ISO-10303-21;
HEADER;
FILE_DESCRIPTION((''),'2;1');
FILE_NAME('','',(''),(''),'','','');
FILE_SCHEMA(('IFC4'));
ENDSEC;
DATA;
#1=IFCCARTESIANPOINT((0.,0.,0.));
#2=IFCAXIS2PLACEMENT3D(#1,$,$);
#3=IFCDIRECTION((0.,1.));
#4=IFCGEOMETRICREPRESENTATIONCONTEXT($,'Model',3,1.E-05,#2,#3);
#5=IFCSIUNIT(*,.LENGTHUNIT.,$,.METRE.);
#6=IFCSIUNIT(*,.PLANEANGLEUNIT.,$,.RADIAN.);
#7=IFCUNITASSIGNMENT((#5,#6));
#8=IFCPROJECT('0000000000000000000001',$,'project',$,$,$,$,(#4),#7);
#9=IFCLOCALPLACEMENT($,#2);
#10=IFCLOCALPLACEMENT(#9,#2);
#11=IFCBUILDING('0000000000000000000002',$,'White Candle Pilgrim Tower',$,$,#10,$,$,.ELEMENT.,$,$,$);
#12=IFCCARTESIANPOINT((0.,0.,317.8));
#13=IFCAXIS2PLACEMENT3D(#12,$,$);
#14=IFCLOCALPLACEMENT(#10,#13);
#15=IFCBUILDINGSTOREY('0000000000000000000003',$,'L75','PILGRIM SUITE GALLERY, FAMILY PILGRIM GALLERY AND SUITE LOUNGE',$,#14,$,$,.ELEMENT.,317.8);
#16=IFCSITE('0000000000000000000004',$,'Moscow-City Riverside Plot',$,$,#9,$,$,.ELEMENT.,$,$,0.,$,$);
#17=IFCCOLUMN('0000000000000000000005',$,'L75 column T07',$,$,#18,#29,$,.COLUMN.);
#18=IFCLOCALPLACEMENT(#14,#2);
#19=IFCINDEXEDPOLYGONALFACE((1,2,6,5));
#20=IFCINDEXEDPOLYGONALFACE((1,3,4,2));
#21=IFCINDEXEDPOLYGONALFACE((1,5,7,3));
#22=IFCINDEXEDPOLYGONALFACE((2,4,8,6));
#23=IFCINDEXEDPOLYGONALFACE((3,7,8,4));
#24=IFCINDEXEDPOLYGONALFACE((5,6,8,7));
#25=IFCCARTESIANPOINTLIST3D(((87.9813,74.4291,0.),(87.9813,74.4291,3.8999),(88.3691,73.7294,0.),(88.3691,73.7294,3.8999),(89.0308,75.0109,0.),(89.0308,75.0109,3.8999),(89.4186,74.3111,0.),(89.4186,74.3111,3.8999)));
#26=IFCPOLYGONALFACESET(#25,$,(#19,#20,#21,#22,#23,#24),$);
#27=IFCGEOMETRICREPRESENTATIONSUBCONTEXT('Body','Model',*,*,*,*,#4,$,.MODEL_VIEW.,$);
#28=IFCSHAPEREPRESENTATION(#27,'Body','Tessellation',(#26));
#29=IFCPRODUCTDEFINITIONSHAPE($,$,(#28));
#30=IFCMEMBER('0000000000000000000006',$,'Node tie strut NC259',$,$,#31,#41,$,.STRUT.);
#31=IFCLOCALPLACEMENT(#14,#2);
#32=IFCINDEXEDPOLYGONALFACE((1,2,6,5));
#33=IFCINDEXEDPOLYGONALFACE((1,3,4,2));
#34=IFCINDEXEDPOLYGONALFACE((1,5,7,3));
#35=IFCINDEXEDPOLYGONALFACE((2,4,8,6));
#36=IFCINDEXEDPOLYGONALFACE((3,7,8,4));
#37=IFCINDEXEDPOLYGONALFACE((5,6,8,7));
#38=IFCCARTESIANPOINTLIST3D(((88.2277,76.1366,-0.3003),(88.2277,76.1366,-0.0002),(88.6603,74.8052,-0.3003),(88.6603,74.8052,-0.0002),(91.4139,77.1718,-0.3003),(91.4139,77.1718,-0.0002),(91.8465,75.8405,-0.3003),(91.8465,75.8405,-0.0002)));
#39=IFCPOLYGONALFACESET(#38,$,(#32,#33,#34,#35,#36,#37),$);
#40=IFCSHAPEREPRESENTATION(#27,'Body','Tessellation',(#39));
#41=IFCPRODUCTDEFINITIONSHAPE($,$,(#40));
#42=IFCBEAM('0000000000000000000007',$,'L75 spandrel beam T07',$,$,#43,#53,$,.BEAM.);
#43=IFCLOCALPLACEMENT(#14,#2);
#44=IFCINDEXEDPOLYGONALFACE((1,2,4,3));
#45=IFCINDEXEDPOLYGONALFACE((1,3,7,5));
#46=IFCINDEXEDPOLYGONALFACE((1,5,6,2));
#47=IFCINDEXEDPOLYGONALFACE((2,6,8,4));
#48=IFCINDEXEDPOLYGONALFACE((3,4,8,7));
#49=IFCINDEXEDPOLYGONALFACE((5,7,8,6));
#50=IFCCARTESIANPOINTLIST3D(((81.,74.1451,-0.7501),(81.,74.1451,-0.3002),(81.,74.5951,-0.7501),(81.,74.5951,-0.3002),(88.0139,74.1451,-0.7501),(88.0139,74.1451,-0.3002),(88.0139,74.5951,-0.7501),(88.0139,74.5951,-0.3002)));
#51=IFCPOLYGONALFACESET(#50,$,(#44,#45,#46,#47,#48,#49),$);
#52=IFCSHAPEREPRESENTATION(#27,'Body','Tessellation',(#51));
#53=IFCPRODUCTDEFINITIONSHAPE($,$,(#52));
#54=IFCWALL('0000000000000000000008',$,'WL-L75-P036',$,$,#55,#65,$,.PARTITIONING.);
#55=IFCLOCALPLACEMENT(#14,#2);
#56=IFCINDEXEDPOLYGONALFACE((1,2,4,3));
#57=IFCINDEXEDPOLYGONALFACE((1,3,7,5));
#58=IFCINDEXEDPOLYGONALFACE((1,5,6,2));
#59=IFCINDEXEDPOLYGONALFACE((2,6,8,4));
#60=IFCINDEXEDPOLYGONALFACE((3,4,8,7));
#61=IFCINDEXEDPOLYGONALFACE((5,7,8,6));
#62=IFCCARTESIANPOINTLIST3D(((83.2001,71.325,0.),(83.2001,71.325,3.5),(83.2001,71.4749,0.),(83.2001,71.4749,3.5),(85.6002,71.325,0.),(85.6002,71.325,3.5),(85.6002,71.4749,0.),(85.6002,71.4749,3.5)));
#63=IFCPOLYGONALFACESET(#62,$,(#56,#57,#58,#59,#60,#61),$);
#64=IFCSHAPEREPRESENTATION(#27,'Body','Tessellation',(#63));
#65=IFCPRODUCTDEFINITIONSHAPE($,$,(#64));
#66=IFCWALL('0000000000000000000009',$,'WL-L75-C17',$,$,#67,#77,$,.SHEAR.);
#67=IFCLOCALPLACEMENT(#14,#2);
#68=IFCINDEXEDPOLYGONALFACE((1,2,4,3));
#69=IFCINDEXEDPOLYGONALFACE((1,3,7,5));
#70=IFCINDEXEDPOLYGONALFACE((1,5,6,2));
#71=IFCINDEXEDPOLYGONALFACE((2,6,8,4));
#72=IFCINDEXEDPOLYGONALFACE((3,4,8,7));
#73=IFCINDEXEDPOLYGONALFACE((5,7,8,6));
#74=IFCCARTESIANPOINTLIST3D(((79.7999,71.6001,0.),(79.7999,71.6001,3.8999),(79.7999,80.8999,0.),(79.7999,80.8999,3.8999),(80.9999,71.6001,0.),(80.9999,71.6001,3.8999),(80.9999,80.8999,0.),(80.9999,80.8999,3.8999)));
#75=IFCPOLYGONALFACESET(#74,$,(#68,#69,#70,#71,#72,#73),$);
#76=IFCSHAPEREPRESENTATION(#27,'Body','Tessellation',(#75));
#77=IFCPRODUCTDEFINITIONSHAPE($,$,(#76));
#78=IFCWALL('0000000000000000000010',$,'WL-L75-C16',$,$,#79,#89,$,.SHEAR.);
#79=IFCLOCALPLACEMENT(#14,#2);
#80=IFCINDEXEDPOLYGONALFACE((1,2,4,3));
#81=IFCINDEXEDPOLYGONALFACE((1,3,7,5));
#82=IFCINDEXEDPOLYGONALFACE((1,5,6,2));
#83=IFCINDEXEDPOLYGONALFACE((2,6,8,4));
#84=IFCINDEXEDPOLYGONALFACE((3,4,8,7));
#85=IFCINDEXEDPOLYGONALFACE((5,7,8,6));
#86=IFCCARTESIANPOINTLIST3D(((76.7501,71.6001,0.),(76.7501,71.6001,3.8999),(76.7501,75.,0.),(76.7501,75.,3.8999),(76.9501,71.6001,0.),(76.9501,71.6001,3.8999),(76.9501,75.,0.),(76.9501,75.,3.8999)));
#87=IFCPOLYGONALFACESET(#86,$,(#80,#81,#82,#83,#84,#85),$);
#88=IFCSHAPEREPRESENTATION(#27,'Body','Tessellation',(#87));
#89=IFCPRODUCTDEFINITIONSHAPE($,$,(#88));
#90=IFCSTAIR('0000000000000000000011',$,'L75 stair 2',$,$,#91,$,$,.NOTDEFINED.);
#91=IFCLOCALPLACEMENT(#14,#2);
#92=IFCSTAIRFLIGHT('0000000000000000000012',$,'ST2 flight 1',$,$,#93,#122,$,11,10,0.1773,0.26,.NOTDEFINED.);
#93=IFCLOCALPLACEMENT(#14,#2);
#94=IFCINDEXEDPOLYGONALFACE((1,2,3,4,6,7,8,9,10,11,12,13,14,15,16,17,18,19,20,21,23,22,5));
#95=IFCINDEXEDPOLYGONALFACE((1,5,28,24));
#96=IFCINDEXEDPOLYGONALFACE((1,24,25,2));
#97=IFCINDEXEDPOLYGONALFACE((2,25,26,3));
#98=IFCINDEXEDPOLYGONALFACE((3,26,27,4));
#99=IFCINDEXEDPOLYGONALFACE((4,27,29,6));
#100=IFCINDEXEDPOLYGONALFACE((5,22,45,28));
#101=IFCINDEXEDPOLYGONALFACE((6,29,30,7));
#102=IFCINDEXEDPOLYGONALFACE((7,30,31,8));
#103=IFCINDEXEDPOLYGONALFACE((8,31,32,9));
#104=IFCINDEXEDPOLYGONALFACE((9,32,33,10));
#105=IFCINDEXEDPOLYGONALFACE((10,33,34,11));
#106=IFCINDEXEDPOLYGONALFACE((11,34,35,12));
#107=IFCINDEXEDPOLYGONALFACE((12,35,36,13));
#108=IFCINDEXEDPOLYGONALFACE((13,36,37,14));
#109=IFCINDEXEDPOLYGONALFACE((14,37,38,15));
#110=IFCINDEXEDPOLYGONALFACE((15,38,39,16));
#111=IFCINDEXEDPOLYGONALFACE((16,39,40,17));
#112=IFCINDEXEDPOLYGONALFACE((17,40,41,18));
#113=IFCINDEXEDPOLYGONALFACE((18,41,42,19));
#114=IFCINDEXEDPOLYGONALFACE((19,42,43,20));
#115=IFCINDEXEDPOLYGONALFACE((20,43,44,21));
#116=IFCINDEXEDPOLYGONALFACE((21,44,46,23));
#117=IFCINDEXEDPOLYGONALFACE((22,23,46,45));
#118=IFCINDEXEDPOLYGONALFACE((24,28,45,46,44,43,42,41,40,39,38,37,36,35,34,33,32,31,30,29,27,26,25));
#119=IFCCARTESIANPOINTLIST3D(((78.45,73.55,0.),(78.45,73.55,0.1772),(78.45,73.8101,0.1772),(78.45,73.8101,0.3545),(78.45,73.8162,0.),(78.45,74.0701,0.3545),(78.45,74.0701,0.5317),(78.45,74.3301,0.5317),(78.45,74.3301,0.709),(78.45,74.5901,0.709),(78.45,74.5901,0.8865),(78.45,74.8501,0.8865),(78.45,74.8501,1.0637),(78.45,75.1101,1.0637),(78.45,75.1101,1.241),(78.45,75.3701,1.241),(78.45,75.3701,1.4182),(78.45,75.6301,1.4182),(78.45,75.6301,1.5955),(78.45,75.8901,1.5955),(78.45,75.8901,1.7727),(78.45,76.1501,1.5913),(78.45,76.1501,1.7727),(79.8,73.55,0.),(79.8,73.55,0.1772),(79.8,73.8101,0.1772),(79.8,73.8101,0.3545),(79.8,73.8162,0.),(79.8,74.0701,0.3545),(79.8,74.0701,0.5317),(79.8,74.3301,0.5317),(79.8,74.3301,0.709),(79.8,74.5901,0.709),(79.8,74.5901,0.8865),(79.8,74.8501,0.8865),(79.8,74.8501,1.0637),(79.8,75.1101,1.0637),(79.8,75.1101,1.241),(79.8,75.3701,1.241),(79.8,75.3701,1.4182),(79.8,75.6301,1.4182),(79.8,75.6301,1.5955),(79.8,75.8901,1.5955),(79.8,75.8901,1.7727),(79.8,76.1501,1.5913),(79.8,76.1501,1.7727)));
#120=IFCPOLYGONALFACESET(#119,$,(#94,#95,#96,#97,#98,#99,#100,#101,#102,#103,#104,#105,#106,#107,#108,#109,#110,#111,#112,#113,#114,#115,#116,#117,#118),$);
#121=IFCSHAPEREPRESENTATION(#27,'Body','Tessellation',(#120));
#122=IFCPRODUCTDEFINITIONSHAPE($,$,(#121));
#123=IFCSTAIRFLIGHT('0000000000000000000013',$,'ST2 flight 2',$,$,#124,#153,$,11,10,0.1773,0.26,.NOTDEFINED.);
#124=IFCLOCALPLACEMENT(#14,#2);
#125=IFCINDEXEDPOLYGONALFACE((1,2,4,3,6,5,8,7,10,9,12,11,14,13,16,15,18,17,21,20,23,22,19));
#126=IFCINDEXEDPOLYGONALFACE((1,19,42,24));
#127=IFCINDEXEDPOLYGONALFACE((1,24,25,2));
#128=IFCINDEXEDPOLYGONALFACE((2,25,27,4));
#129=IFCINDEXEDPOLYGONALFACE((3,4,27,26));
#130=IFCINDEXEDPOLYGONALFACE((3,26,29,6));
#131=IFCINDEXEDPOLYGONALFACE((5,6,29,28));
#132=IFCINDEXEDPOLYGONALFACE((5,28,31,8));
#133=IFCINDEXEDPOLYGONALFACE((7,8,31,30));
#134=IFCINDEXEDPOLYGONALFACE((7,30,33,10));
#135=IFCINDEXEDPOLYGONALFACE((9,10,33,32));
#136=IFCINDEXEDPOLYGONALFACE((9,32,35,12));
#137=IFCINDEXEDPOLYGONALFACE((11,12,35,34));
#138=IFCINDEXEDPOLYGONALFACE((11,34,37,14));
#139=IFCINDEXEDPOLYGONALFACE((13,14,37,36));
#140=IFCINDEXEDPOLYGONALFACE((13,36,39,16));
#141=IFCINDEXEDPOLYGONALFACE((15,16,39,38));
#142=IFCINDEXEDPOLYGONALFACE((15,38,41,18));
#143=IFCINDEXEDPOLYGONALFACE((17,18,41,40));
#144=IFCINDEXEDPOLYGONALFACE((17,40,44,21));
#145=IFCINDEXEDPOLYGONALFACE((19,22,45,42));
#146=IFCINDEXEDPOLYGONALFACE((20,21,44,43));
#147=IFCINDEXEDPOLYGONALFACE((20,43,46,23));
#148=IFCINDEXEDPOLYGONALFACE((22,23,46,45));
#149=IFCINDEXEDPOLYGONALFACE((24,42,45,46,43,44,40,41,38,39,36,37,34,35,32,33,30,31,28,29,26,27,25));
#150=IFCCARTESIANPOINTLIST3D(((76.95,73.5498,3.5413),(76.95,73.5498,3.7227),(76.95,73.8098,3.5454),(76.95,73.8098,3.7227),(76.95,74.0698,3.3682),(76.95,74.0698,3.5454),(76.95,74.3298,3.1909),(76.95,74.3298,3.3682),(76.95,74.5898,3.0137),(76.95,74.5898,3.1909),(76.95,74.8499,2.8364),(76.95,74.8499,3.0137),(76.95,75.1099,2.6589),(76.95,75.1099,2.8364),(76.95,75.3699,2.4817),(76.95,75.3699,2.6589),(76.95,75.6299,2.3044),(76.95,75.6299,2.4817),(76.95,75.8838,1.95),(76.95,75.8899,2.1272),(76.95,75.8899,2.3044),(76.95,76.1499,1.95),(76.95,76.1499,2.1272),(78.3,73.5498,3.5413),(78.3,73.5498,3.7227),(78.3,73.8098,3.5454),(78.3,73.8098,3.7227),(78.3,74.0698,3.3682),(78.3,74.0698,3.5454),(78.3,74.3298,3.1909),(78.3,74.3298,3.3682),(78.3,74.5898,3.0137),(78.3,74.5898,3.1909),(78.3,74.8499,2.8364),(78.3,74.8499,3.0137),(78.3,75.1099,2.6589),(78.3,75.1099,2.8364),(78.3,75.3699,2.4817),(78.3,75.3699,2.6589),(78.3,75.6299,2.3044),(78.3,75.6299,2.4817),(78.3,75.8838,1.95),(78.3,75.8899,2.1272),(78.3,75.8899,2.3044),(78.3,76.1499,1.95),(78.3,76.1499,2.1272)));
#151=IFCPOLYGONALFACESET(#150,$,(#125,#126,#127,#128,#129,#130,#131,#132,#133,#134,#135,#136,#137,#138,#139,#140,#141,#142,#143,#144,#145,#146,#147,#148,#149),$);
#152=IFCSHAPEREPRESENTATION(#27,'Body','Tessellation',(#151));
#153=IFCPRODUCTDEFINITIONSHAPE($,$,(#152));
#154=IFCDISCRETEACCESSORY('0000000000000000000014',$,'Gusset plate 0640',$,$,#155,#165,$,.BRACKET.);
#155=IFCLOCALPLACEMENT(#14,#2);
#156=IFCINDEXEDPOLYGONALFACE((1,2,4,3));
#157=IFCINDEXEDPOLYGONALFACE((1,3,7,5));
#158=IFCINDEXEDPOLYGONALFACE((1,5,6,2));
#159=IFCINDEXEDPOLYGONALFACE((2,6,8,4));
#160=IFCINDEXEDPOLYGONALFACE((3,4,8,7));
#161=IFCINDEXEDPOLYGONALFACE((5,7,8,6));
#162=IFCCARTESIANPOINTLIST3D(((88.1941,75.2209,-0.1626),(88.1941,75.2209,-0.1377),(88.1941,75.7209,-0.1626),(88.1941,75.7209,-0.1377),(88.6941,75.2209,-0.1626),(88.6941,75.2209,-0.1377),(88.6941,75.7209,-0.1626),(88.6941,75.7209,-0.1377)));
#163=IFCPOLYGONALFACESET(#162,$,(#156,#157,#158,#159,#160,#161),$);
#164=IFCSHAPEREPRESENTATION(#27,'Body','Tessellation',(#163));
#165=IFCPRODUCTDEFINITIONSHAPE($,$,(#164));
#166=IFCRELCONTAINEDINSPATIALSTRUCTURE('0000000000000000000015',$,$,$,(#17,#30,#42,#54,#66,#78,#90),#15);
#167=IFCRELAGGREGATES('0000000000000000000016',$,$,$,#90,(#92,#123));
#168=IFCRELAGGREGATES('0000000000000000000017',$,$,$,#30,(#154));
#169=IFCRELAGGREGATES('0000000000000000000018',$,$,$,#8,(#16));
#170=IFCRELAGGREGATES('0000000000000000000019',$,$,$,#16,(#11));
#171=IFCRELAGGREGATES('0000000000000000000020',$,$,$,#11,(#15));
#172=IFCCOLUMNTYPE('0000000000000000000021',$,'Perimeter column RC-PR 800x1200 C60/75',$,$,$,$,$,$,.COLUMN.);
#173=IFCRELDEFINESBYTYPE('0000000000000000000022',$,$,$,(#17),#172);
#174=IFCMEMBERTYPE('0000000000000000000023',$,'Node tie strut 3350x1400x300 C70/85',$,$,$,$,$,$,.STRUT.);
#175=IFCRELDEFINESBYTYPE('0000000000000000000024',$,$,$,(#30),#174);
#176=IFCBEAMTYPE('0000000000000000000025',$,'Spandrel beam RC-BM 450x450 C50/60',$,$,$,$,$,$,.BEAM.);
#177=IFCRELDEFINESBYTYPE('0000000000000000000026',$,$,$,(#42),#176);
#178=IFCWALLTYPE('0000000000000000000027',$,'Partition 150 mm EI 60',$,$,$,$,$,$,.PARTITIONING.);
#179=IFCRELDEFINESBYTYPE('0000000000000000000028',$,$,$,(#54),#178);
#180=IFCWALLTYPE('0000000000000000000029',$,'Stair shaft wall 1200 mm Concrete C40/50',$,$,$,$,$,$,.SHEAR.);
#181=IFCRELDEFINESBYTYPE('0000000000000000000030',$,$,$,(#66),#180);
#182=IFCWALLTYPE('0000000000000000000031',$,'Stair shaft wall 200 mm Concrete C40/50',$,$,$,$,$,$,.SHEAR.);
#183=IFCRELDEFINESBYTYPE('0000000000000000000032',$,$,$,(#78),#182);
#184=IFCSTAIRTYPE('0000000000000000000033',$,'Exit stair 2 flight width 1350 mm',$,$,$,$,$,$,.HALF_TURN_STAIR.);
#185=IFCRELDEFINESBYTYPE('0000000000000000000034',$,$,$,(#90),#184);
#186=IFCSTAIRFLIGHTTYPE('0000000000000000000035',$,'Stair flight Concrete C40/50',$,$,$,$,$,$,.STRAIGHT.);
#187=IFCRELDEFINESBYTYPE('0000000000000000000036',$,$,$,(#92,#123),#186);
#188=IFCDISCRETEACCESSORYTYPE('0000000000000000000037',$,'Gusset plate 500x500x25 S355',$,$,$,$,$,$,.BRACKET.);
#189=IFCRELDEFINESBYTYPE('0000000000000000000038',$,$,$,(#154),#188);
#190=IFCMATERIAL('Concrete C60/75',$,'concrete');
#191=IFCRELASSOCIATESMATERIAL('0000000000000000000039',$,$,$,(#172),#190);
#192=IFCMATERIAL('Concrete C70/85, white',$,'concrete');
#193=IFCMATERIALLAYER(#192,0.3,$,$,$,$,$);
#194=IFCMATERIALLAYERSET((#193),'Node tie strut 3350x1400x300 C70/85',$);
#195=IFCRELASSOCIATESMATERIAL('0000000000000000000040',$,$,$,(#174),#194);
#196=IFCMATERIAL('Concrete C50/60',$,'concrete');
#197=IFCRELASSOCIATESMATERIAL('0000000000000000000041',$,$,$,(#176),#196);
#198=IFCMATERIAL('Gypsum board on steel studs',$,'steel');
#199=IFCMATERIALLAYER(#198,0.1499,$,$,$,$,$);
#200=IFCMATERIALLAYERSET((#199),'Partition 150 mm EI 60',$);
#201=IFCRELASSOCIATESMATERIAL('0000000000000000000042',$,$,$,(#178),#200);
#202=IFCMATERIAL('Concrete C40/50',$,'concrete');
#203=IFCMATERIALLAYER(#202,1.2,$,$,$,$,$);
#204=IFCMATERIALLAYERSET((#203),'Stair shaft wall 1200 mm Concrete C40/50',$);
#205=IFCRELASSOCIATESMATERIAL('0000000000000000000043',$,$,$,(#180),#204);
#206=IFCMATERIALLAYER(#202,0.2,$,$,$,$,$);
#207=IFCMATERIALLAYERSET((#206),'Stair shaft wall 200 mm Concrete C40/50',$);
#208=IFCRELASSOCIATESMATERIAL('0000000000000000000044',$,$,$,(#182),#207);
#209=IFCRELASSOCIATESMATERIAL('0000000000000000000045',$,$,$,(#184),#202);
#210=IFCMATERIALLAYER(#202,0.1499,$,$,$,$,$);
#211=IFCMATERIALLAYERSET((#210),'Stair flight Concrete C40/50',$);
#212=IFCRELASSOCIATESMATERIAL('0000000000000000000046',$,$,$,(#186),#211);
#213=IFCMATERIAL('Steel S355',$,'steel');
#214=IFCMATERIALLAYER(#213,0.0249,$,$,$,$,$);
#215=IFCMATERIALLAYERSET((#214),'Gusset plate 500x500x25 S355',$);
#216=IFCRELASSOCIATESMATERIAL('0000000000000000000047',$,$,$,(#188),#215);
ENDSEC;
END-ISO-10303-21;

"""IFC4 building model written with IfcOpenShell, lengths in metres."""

from ifc_helpers import new_model, si_unit, direction, frame, frame_2d, origin, origin_2d, place, context, subcontext, project, spatial, polyline, rectangle, outline, extrude, material, layer, layer_set, material_profile, profile_set, type_object, element, aggregate, save


model = new_model("IFC4")

# Units and contexts
model_context = context("Model", 3, precision=1e-05, world=origin(), true_north=direction((0.0, 1.0)))
body_context = subcontext(model_context, "Body", "Model", "MODEL_VIEW")
ifc_project = project(units=[si_unit("LENGTHUNIT", "METRE"), si_unit("PLANEANGLEUNIT", "RADIAN")], contexts=[model_context])

# Site, building, storey
site_placement = place(None, origin())
site = spatial("IfcSite", under=ifc_project, at=site_placement, Name="Moscow-City Riverside Plot", CompositionType="ELEMENT", RefElevation=0.0)
building_placement = place(site_placement, origin())
building = spatial("IfcBuilding", under=site, at=building_placement, Name="White Candle Pilgrim Tower", CompositionType="ELEMENT")
storey_placement = place(building_placement, frame((0.0, 0.0, 317.8)))
storey = spatial("IfcBuildingStorey", under=building, at=storey_placement, Name="L75", Description="PILGRIM SUITE GALLERY, FAMILY PILGRIM GALLERY AND SUITE LOUNGE", CompositionType="ELEMENT", Elevation=317.8)

# Column
ifc_material_1 = material(Name="Concrete C60/75", Category="concrete")
ifc_material_profile_1 = material_profile(ifc_material_1, rectangle(XDim=0.8, YDim=1.2, at=origin_2d()), Name="RC-PR 800x1200")
ifc_profile_set_1 = profile_set([ifc_material_profile_1], Name="Concrete C60/75")
column_type = type_object("IfcColumnType", Name="Perimeter column RC-PR 800x1200 C60/75", PredefinedType="COLUMN", material=ifc_profile_set_1)
column_placement = place(storey_placement, frame((88.7, 74.3701, 0.0), z_axis=(0.0, 0.0, 1.0), x_axis=(0.48481, -0.87462, 0.0)))
element("IfcColumn", 1, at=column_placement, inside=storey, type_object=column_type, Name="L75 column T07", PredefinedType="COLUMN", context=body_context, shape_type="SweptSolid", body=[
    extrude(rectangle(XDim=0.8, YDim=1.2, at=origin_2d()), origin(), (0.0, 0.0, 1.0), 3.8999),
])

# Member
ifc_material_2 = material(Name="Concrete C70/85, white", Category="concrete")
ifc_layer_1 = layer(ifc_material_2, 0.3)
ifc_layer_set_1 = layer_set([ifc_layer_1], Name="Node tie strut 3350x1400x300 C70/85")
member_type = type_object("IfcMemberType", Name="Node tie strut 3350x1400x300 C70/85", PredefinedType="STRUT", material=ifc_layer_set_1)
member_placement = place(storey_placement, frame((90.0371, 75.9885, -0.3003), z_axis=(0.0, 0.0, 1.0), x_axis=(-0.309017, 0.951057, 0.0)))
member = element("IfcMember", 2, at=member_placement, inside=storey, type_object=member_type, Name="Node tie strut NC259", PredefinedType="STRUT", context=body_context, shape_type="SweptSolid", body=[
    extrude(rectangle(XDim=1.3999, YDim=3.3501, at=origin_2d()), origin(), (0.0, 0.0, 1.0), 0.3),
])

# Beam
ifc_material_3 = material(Name="Concrete C50/60", Category="concrete")
ifc_material_profile_2 = material_profile(ifc_material_3, rectangle(XDim=0.45, YDim=0.45, at=origin_2d()), Name="RC-BM 450x450")
ifc_profile_set_2 = profile_set([ifc_material_profile_2], Name="Concrete C50/60")
beam_type = type_object("IfcBeamType", Name="Spandrel beam RC-BM 450x450 C50/60", PredefinedType="BEAM", material=ifc_profile_set_2)
beam_placement = place(storey_placement, frame((88.0139, 74.3701, -0.5251), z_axis=(-1.0, 0.0, 0.0), x_axis=(0.0, -1.0, 0.0)))
element("IfcBeam", 3, at=beam_placement, inside=storey, type_object=beam_type, Name="L75 spandrel beam T07", PredefinedType="BEAM", context=body_context, shape_type="SweptSolid", body=[
    extrude(rectangle(XDim=0.45, YDim=0.45, at=origin_2d()), origin(), (0.0, 0.0, 1.0), 7.0139),
])

# Walls
ifc_material_4 = material(Name="Gypsum board on steel studs", Category="steel")
ifc_layer_2 = layer(ifc_material_4, 0.1499)
ifc_layer_set_2 = layer_set([ifc_layer_2], Name="Partition 150 mm EI 60")
wall_type_1 = type_object("IfcWallType", Name="Partition 150 mm EI 60", PredefinedType="PARTITIONING", material=ifc_layer_set_2)
wall_1_placement = place(storey_placement, frame((83.2, 71.3999, 0.0), z_axis=(0.0, 0.0, 1.0), x_axis=(1.0, 0.0, 0.0)))
element("IfcWall", 4, at=wall_1_placement, inside=storey, type_object=wall_type_1, Name="WL-L75-P036", PredefinedType="PARTITIONING", context=body_context, shape_type="SweptSolid", body=[
    extrude(rectangle(XDim=2.4001, YDim=0.1499, at=frame_2d((1.2002, 0.0))), origin(), (0.0, 0.0, 1.0), 3.5),
])
ifc_material_5 = material(Name="Concrete C40/50", Category="concrete")
ifc_layer_3 = layer(ifc_material_5, 1.2)
ifc_layer_set_3 = layer_set([ifc_layer_3], Name="Stair shaft wall 1200 mm Concrete C40/50")
wall_type_2 = type_object("IfcWallType", Name="Stair shaft wall 1200 mm Concrete C40/50", PredefinedType="SHEAR", material=ifc_layer_set_3)
wall_2_placement = place(storey_placement, frame((80.3999, 71.6001, 0.0), z_axis=(0.0, 0.0, 1.0), x_axis=(0.0, 1.0, 0.0)))
element("IfcWall", 5, at=wall_2_placement, inside=storey, type_object=wall_type_2, Name="WL-L75-C17", PredefinedType="SHEAR", context=body_context, shape_type="SweptSolid", body=[
    extrude(rectangle(XDim=9.2998, YDim=1.2, at=frame_2d((4.6499, 0.0))), origin(), (0.0, 0.0, 1.0), 3.8999),
])
ifc_layer_4 = layer(ifc_material_5, 0.2)
ifc_layer_set_4 = layer_set([ifc_layer_4], Name="Stair shaft wall 200 mm Concrete C40/50")
wall_type_3 = type_object("IfcWallType", Name="Stair shaft wall 200 mm Concrete C40/50", PredefinedType="SHEAR", material=ifc_layer_set_4)
wall_3_placement = place(storey_placement, frame((76.8501, 71.6001, 0.0), z_axis=(0.0, 0.0, 1.0), x_axis=(0.0, 1.0, 0.0)))
element("IfcWall", 6, at=wall_3_placement, inside=storey, type_object=wall_type_3, Name="WL-L75-C16", PredefinedType="SHEAR", context=body_context, shape_type="SweptSolid", body=[
    extrude(rectangle(XDim=3.3999, YDim=0.2, at=frame_2d((1.7, 0.0))), origin(), (0.0, 0.0, 1.0), 3.8999),
])

# Stair, stair flights
stair_type = type_object("IfcStairType", Name="Exit stair 2 flight width 1350 mm", PredefinedType="HALF_TURN_STAIR", material=ifc_material_5)
stair_placement = place(storey_placement, origin())
stair = element("IfcStair", 7, at=stair_placement, inside=storey, type_object=stair_type, Name="L75 stair 2", PredefinedType="NOTDEFINED")
ifc_layer_5 = layer(ifc_material_5, 0.1499)
ifc_layer_set_5 = layer_set([ifc_layer_5], Name="Stair flight Concrete C40/50")
stair_flight_type = type_object("IfcStairFlightType", Name="Stair flight Concrete C40/50", PredefinedType="STRAIGHT", material=ifc_layer_set_5)
stair_flight_1_placement = place(storey_placement, frame((79.125, 73.55, 0.0), z_axis=(0.0, 0.0, 1.0), x_axis=(0.0, 1.0, 0.0)))
stair_flight_1 = element("IfcStairFlight", 8, at=stair_flight_1_placement, type_object=stair_flight_type, Name="ST2 flight 1", NumberOfRisers=11, NumberOfTreads=10, PredefinedType="NOTDEFINED", RiserHeight=0.1773, TreadLength=0.26, context=body_context, shape_type="SweptSolid", body=[
    extrude(outline(polyline([(0.0, 0.0), (0.0, 0.1772), (0.26, 0.1772), (0.26, 0.3545), (0.52, 0.3545), (0.52, 0.5317), (0.78, 0.5317), (0.78, 0.709), (1.04, 0.709), (1.04, 0.8865), (1.3, 0.8865), (1.3, 1.0637), (1.5601, 1.0637), (1.5601, 1.241), (1.8201, 1.241), (1.8201, 1.4182), (2.0801, 1.4182), (2.0801, 1.5955), (2.3401, 1.5955), (2.3401, 1.7727), (2.6001, 1.7727), (2.6001, 1.95), (2.6001, 1.5913), (0.2661, 0.0), (0.0, 0.0)])), frame((0.0, 0.675, 0.0), z_axis=(0.0, -1.0, 0.0), x_axis=(1.0, 0.0, 0.0)), (0.0, 0.0, 1.0), 1.3501),
])
stair_flight_2_placement = place(storey_placement, frame((77.625, 76.1499, 1.95), z_axis=(0.0, 0.0, 1.0), x_axis=(0.0, -1.0, 0.0)))
stair_flight_2 = element("IfcStairFlight", 9, at=stair_flight_2_placement, type_object=stair_flight_type, Name="ST2 flight 2", NumberOfRisers=11, NumberOfTreads=10, PredefinedType="NOTDEFINED", RiserHeight=0.1773, TreadLength=0.26, context=body_context, shape_type="SweptSolid", body=[
    extrude(outline(polyline([(0.0, 0.0), (0.0, 0.1772), (0.26, 0.1772), (0.26, 0.3545), (0.52, 0.3545), (0.52, 0.5317), (0.78, 0.5317), (0.78, 0.709), (1.04, 0.709), (1.04, 0.8865), (1.3, 0.8865), (1.3, 1.0637), (1.5601, 1.0637), (1.5601, 1.241), (1.8201, 1.241), (1.8201, 1.4182), (2.0801, 1.4182), (2.0801, 1.5955), (2.3401, 1.5955), (2.3401, 1.7727), (2.6001, 1.7727), (2.6001, 1.95), (2.6001, 1.5913), (0.2661, 0.0), (0.0, 0.0)])), frame((0.0, 0.675, 0.0), z_axis=(0.0, -1.0, 0.0), x_axis=(1.0, 0.0, 0.0)), (0.0, 0.0, 1.0), 1.3501),
])
aggregate(stair, [stair_flight_1, stair_flight_2])

# Discrete accessory
ifc_material_6 = material(Name="Steel S355", Category="steel")
ifc_layer_6 = layer(ifc_material_6, 0.0249)
ifc_layer_set_6 = layer_set([ifc_layer_6], Name="Gusset plate 500x500x25 S355")
discrete_accessory_type = type_object("IfcDiscreteAccessoryType", Name="Gusset plate 500x500x25 S355", PredefinedType="BRACKET", material=ifc_layer_set_6)
discrete_accessory_placement = place(storey_placement, frame((88.4441, 75.4709, -0.1626), z_axis=(0.0, 0.0, 1.0), x_axis=(1.0, 0.0, 0.0)))
discrete_accessory = element("IfcDiscreteAccessory", 10, at=discrete_accessory_placement, type_object=discrete_accessory_type, Name="Gusset plate 0640", PredefinedType="BRACKET", context=body_context, shape_type="SweptSolid", body=[
    extrude(rectangle(XDim=0.5, YDim=0.5, at=origin_2d()), origin(), (0.0, 0.0, 1.0), 0.0249),
])
aggregate(member, [discrete_accessory])

save(model, "model.ifc")
